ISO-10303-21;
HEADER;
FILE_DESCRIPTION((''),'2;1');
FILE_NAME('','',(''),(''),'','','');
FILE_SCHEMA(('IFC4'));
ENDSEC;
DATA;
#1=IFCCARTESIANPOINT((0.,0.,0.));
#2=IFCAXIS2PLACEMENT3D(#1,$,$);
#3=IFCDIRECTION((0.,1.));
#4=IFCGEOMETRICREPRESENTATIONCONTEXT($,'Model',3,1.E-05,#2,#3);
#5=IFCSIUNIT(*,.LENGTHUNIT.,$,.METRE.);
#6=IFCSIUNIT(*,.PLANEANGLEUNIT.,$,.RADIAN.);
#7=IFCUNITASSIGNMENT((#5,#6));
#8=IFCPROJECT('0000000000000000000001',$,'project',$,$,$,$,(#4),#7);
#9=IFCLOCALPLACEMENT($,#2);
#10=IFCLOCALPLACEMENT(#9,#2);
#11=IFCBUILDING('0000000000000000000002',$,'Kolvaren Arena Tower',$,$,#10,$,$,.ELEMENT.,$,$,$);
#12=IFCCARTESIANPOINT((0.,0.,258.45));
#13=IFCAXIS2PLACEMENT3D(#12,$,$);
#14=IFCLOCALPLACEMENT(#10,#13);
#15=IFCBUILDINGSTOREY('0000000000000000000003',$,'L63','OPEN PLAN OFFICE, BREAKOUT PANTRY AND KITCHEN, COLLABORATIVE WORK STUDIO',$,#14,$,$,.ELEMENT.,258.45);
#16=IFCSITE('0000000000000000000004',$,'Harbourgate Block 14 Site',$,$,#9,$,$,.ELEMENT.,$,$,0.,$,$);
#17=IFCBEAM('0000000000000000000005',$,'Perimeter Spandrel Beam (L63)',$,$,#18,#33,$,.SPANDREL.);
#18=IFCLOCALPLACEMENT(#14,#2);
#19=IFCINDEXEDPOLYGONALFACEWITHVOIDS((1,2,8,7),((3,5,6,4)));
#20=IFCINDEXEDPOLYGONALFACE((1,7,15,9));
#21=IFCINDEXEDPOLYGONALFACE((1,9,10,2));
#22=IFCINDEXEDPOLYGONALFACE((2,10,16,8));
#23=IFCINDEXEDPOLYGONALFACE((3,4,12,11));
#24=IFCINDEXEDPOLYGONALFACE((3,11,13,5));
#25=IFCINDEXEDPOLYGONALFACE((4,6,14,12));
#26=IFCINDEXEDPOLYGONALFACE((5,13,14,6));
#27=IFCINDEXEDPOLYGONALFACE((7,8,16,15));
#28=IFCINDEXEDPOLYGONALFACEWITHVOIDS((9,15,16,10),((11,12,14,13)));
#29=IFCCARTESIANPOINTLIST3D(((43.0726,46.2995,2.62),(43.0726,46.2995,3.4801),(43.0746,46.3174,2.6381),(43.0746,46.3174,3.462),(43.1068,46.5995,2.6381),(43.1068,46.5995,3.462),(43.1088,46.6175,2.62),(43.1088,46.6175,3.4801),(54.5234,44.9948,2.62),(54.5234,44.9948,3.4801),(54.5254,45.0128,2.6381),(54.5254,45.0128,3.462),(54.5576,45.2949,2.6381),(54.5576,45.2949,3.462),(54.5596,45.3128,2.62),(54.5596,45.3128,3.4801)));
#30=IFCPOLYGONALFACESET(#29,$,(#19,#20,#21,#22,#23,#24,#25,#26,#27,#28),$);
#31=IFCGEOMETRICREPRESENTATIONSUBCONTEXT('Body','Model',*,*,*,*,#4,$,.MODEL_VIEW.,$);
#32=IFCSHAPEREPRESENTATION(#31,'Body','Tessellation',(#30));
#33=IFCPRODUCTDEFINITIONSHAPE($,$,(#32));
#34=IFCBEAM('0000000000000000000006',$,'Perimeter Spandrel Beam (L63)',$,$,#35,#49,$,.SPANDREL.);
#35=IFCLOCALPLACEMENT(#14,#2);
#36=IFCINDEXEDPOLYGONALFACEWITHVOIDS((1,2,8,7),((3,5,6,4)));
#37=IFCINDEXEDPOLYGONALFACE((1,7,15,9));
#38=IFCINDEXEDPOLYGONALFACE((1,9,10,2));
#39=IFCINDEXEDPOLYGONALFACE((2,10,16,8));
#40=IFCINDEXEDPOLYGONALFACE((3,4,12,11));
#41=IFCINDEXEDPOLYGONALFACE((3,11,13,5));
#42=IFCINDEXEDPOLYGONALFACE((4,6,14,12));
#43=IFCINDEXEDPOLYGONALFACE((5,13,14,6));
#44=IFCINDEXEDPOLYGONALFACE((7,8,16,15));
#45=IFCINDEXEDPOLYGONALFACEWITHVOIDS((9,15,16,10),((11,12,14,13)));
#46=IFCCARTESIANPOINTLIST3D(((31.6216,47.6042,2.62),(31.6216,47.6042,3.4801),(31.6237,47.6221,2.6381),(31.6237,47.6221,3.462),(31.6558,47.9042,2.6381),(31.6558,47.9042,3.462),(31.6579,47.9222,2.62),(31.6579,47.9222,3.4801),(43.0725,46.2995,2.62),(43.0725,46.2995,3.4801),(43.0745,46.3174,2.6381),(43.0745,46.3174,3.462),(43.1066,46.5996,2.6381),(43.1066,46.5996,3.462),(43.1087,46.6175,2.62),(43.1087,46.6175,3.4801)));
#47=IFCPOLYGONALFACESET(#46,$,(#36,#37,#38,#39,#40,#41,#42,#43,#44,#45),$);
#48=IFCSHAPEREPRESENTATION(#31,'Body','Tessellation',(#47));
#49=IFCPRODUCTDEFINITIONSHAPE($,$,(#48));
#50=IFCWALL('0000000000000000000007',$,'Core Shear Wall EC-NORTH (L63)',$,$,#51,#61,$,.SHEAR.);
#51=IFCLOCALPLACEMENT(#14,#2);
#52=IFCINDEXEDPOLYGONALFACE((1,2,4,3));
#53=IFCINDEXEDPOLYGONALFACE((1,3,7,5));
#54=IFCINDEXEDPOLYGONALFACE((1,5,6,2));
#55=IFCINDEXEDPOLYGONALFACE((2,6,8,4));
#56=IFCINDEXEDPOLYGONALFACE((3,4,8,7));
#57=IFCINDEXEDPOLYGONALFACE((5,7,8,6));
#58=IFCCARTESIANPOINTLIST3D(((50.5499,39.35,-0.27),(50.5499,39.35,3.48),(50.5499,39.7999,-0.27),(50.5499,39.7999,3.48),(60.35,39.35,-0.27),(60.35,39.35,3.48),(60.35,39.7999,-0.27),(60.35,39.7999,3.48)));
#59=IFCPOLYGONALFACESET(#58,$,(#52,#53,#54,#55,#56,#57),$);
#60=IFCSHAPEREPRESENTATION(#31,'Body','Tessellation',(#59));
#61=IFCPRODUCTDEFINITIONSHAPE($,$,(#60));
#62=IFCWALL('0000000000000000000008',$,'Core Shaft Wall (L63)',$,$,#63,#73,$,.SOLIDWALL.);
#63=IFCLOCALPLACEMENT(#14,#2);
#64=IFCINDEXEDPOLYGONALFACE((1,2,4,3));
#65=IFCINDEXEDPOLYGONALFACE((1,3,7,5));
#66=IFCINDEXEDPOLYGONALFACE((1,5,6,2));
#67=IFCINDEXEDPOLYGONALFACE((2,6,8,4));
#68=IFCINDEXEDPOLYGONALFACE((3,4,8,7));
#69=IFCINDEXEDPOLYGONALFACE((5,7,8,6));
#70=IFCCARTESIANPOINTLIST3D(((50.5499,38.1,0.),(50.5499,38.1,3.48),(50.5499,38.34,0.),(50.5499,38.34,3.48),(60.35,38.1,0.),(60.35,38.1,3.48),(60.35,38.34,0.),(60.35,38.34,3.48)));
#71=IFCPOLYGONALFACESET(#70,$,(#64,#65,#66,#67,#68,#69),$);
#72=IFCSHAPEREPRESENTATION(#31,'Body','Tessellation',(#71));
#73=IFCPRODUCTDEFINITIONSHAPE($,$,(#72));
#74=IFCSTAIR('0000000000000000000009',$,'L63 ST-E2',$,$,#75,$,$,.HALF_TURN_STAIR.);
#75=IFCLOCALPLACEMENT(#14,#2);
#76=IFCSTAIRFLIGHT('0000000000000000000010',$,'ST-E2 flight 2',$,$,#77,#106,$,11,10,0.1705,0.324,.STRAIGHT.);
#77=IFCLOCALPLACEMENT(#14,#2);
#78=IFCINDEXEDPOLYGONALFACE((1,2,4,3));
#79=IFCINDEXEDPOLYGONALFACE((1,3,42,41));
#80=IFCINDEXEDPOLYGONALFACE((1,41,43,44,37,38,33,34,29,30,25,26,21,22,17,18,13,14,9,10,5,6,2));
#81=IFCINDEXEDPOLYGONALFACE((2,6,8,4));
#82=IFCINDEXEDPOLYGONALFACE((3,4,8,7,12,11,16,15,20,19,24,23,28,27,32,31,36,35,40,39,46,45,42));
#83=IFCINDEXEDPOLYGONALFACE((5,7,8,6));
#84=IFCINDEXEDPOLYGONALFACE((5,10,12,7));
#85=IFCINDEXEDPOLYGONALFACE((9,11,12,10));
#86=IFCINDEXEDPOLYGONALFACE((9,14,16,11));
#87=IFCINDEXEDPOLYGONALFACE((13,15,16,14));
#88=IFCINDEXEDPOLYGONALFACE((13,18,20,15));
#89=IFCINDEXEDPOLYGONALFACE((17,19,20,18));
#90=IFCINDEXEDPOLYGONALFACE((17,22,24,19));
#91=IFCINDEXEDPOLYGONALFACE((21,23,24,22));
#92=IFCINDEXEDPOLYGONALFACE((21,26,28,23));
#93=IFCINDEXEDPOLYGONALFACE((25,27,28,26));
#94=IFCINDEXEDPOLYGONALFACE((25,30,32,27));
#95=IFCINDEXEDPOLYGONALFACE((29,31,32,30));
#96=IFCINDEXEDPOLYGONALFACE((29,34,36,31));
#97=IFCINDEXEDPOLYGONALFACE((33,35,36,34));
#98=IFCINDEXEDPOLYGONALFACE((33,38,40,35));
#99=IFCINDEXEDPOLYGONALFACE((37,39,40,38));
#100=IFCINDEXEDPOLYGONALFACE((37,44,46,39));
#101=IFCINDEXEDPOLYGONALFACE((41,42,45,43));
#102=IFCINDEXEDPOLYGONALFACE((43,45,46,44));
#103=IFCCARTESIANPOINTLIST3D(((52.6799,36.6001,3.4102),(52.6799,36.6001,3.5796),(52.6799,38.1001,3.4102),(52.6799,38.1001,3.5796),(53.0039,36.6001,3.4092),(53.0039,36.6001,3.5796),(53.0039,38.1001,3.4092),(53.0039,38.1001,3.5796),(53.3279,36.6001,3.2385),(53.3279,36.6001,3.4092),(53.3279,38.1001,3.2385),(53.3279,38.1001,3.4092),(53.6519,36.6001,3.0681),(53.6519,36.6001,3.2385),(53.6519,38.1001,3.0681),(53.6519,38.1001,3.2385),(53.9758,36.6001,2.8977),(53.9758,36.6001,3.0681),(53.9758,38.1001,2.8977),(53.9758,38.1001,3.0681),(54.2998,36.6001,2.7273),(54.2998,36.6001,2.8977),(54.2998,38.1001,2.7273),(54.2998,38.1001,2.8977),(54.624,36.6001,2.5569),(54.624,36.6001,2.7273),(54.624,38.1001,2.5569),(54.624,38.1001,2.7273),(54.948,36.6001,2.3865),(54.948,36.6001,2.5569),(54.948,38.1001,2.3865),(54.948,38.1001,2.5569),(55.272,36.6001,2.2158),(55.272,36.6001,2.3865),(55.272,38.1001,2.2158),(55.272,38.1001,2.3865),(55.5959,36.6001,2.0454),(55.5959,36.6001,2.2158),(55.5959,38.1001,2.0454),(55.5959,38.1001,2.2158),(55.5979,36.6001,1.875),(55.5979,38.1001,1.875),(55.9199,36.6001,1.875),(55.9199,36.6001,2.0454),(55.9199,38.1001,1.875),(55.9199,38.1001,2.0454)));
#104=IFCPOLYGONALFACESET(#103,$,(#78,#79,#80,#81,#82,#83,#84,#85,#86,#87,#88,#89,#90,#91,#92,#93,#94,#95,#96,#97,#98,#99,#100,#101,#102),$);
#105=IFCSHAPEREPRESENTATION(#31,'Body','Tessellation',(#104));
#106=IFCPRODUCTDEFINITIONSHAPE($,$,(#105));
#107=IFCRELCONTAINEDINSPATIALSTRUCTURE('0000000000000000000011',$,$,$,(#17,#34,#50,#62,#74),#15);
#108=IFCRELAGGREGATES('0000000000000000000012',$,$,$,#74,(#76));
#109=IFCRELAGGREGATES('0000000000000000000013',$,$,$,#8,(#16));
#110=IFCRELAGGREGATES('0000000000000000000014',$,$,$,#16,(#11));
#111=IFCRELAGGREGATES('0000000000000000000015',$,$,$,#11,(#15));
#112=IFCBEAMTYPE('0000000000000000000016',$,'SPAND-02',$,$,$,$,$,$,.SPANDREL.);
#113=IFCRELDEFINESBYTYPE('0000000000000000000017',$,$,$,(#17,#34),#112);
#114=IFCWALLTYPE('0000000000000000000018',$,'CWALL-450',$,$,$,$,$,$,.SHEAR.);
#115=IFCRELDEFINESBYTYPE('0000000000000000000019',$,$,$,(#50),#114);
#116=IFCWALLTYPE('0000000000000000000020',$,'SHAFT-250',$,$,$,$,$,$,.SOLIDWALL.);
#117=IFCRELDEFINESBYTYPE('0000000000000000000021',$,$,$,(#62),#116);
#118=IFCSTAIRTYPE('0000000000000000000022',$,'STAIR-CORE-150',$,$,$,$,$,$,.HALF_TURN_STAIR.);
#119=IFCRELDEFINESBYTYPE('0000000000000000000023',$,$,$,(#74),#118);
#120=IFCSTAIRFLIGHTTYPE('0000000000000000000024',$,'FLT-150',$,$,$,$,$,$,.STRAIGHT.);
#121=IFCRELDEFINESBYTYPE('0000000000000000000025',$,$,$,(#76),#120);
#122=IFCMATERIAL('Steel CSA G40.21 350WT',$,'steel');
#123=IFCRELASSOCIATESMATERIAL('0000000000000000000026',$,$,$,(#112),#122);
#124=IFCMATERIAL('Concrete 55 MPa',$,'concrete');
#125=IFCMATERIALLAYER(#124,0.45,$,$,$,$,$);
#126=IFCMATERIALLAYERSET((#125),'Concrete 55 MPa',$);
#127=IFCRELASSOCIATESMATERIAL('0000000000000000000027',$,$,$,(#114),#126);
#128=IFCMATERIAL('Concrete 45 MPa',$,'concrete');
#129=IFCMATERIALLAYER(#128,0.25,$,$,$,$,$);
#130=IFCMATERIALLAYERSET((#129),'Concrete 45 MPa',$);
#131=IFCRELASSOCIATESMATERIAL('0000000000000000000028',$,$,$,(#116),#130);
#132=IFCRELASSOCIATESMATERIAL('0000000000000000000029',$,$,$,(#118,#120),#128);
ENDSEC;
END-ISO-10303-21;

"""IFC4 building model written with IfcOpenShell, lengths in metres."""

from ifc_helpers import new_model, si_unit, direction, frame, frame_2d, origin, origin_2d, place, context, subcontext, project, spatial, polyline, rectangle, hollow_rectangle, outline, extrude, material, layer, layer_set, material_profile, profile_set, type_object, element, aggregate, save


model = new_model("IFC4")

# Units and contexts
model_context = context("Model", 3, precision=1e-05, world=origin(), true_north=direction((0.0, 1.0)))
body_context = subcontext(model_context, "Body", "Model", "MODEL_VIEW")
ifc_project = project(units=[si_unit("LENGTHUNIT", "METRE"), si_unit("PLANEANGLEUNIT", "RADIAN")], contexts=[model_context])

# Site, building, storey
site_placement = place(None, origin())
site = spatial("IfcSite", under=ifc_project, at=site_placement, Name="Harbourgate Block 14 Site", CompositionType="ELEMENT", RefElevation=0.0)
building_placement = place(site_placement, origin())
building = spatial("IfcBuilding", under=site, at=building_placement, Name="Kolvaren Arena Tower", CompositionType="ELEMENT")
storey_placement = place(building_placement, frame((0.0, 0.0, 258.45)))
storey = spatial("IfcBuildingStorey", under=building, at=storey_placement, Name="L63", Description="OPEN PLAN OFFICE, BREAKOUT PANTRY AND KITCHEN, COLLABORATIVE WORK STUDIO", CompositionType="ELEMENT", Elevation=258.45)

# Beams
ifc_material_1 = material(Name="Steel CSA G40.21 350WT", Category="steel")
ifc_material_profile_1 = material_profile(ifc_material_1, hollow_rectangle(XDim=0.3201, YDim=0.8601, WallThickness=0.0181, at=origin_2d()), Name="HSS 860x320x18")
ifc_profile_set_1 = profile_set([ifc_material_profile_1], Name="Steel CSA G40.21 350WT")
beam_type_1 = type_object("IfcBeamType", Name="SPAND-02", PredefinedType="SPANDREL", material=ifc_profile_set_1)
for number, where, z_axis, x_axis, name in (
    (1, (54.5415, 45.1538, 3.05), (-0.993572, 0.113205, 0.0), (-0.113205, -0.993572, 0.0), "Perimeter Spandrel Beam (L63)"),
    (2, (43.0906, 46.4585, 3.05), (-0.993572, 0.113205, 0.0), (-0.113205, -0.993572, 0.0), "Perimeter Spandrel Beam (L63)"),
):
    element("IfcBeam", number, at=place(storey_placement, frame(where, z_axis=z_axis, x_axis=x_axis)), inside=storey, type_object=beam_type_1, Name=name, PredefinedType="SPANDREL", context=body_context, shape_type="SweptSolid", body=[
        extrude(hollow_rectangle(XDim=0.3201, YDim=0.8601, WallThickness=0.0181, at=origin_2d()), origin(), (0.0, 0.0, 1.0), 11.5249),
    ])

# Walls
ifc_material_2 = material(Name="Concrete 55 MPa", Category="concrete")
ifc_layer_1 = layer(ifc_material_2, 0.45)
ifc_layer_set_1 = layer_set([ifc_layer_1], Name="Concrete 55 MPa")
wall_type_1 = type_object("IfcWallType", Name="CWALL-450", PredefinedType="SHEAR", material=ifc_layer_set_1)
wall_1_placement = place(storey_placement, frame((50.55, 39.575, -0.27), z_axis=(0.0, 0.0, 1.0), x_axis=(1.0, 0.0, 0.0)))
element("IfcWall", 3, at=wall_1_placement, inside=storey, type_object=wall_type_1, Name="Core Shear Wall EC-NORTH (L63)", PredefinedType="SHEAR", context=body_context, shape_type="SweptSolid", body=[
    extrude(rectangle(XDim=9.8, YDim=0.45, at=frame_2d((4.8999, 0.0))), origin(), (0.0, 0.0, 1.0), 3.75),
])
ifc_material_3 = material(Name="Concrete 45 MPa", Category="concrete")
ifc_layer_2 = layer(ifc_material_3, 0.25)
ifc_layer_set_2 = layer_set([ifc_layer_2], Name="Concrete 45 MPa")
wall_type_2 = type_object("IfcWallType", Name="SHAFT-250", PredefinedType="SOLIDWALL", material=ifc_layer_set_2)
wall_2_placement = place(storey_placement, frame((50.55, 38.22, 0.0), z_axis=(0.0, 0.0, 1.0), x_axis=(1.0, 0.0, 0.0)))
element("IfcWall", 4, at=wall_2_placement, inside=storey, type_object=wall_type_2, Name="Core Shaft Wall (L63)", PredefinedType="SOLIDWALL", context=body_context, shape_type="SweptSolid", body=[
    extrude(rectangle(XDim=9.8, YDim=0.24, at=frame_2d((4.8999, 0.0))), origin(), (0.0, 0.0, 1.0), 3.48),
])

# Stair, stair flight
stair_type = type_object("IfcStairType", Name="STAIR-CORE-150", PredefinedType="HALF_TURN_STAIR", material=ifc_material_3)
stair_placement = place(storey_placement, origin())
stair = element("IfcStair", 5, at=stair_placement, inside=storey, type_object=stair_type, Name="L63 ST-E2", PredefinedType="HALF_TURN_STAIR")
stair_flight_type = type_object("IfcStairFlightType", Name="FLT-150", PredefinedType="STRAIGHT", material=ifc_material_3)
stair_flight_placement = place(storey_placement, frame((55.9199, 37.3501, 1.875), z_axis=(0.0, 0.0, 1.0), x_axis=(-1.0, 0.0, 0.0)))
stair_flight = element("IfcStairFlight", 6, at=stair_flight_placement, type_object=stair_flight_type, Name="ST-E2 flight 2", NumberOfRisers=11, NumberOfTreads=10, PredefinedType="STRAIGHT", RiserHeight=0.1705, TreadLength=0.324, context=body_context, shape_type="SweptSolid", body=[
    extrude(outline(polyline([(0.0, 0.0), (0.0, 0.1704), (0.324, 0.1704), (0.324, 0.3408), (0.6479, 0.3408), (0.6479, 0.5115), (0.9719, 0.5115), (0.9719, 0.6819), (1.2959, 0.6819), (1.2959, 0.8523), (1.6201, 0.8523), (1.6201, 1.0227), (1.9441, 1.0227), (1.9441, 1.1931), (2.2681, 1.1931), (2.2681, 1.3635), (2.592, 1.3635), (2.592, 1.5342), (2.916, 1.5342), (2.916, 1.7046), (3.24, 1.7046), (3.24, 1.875), (3.24, 1.5352), (0.322, 0.0), (0.0, 0.0)])), frame((0.0, 0.75, 0.0), z_axis=(0.0, -1.0, 0.0), x_axis=(1.0, 0.0, 0.0)), (0.0, 0.0, 1.0), 1.5),
])
aggregate(stair, [stair_flight])

save(model, "model.ifc")
